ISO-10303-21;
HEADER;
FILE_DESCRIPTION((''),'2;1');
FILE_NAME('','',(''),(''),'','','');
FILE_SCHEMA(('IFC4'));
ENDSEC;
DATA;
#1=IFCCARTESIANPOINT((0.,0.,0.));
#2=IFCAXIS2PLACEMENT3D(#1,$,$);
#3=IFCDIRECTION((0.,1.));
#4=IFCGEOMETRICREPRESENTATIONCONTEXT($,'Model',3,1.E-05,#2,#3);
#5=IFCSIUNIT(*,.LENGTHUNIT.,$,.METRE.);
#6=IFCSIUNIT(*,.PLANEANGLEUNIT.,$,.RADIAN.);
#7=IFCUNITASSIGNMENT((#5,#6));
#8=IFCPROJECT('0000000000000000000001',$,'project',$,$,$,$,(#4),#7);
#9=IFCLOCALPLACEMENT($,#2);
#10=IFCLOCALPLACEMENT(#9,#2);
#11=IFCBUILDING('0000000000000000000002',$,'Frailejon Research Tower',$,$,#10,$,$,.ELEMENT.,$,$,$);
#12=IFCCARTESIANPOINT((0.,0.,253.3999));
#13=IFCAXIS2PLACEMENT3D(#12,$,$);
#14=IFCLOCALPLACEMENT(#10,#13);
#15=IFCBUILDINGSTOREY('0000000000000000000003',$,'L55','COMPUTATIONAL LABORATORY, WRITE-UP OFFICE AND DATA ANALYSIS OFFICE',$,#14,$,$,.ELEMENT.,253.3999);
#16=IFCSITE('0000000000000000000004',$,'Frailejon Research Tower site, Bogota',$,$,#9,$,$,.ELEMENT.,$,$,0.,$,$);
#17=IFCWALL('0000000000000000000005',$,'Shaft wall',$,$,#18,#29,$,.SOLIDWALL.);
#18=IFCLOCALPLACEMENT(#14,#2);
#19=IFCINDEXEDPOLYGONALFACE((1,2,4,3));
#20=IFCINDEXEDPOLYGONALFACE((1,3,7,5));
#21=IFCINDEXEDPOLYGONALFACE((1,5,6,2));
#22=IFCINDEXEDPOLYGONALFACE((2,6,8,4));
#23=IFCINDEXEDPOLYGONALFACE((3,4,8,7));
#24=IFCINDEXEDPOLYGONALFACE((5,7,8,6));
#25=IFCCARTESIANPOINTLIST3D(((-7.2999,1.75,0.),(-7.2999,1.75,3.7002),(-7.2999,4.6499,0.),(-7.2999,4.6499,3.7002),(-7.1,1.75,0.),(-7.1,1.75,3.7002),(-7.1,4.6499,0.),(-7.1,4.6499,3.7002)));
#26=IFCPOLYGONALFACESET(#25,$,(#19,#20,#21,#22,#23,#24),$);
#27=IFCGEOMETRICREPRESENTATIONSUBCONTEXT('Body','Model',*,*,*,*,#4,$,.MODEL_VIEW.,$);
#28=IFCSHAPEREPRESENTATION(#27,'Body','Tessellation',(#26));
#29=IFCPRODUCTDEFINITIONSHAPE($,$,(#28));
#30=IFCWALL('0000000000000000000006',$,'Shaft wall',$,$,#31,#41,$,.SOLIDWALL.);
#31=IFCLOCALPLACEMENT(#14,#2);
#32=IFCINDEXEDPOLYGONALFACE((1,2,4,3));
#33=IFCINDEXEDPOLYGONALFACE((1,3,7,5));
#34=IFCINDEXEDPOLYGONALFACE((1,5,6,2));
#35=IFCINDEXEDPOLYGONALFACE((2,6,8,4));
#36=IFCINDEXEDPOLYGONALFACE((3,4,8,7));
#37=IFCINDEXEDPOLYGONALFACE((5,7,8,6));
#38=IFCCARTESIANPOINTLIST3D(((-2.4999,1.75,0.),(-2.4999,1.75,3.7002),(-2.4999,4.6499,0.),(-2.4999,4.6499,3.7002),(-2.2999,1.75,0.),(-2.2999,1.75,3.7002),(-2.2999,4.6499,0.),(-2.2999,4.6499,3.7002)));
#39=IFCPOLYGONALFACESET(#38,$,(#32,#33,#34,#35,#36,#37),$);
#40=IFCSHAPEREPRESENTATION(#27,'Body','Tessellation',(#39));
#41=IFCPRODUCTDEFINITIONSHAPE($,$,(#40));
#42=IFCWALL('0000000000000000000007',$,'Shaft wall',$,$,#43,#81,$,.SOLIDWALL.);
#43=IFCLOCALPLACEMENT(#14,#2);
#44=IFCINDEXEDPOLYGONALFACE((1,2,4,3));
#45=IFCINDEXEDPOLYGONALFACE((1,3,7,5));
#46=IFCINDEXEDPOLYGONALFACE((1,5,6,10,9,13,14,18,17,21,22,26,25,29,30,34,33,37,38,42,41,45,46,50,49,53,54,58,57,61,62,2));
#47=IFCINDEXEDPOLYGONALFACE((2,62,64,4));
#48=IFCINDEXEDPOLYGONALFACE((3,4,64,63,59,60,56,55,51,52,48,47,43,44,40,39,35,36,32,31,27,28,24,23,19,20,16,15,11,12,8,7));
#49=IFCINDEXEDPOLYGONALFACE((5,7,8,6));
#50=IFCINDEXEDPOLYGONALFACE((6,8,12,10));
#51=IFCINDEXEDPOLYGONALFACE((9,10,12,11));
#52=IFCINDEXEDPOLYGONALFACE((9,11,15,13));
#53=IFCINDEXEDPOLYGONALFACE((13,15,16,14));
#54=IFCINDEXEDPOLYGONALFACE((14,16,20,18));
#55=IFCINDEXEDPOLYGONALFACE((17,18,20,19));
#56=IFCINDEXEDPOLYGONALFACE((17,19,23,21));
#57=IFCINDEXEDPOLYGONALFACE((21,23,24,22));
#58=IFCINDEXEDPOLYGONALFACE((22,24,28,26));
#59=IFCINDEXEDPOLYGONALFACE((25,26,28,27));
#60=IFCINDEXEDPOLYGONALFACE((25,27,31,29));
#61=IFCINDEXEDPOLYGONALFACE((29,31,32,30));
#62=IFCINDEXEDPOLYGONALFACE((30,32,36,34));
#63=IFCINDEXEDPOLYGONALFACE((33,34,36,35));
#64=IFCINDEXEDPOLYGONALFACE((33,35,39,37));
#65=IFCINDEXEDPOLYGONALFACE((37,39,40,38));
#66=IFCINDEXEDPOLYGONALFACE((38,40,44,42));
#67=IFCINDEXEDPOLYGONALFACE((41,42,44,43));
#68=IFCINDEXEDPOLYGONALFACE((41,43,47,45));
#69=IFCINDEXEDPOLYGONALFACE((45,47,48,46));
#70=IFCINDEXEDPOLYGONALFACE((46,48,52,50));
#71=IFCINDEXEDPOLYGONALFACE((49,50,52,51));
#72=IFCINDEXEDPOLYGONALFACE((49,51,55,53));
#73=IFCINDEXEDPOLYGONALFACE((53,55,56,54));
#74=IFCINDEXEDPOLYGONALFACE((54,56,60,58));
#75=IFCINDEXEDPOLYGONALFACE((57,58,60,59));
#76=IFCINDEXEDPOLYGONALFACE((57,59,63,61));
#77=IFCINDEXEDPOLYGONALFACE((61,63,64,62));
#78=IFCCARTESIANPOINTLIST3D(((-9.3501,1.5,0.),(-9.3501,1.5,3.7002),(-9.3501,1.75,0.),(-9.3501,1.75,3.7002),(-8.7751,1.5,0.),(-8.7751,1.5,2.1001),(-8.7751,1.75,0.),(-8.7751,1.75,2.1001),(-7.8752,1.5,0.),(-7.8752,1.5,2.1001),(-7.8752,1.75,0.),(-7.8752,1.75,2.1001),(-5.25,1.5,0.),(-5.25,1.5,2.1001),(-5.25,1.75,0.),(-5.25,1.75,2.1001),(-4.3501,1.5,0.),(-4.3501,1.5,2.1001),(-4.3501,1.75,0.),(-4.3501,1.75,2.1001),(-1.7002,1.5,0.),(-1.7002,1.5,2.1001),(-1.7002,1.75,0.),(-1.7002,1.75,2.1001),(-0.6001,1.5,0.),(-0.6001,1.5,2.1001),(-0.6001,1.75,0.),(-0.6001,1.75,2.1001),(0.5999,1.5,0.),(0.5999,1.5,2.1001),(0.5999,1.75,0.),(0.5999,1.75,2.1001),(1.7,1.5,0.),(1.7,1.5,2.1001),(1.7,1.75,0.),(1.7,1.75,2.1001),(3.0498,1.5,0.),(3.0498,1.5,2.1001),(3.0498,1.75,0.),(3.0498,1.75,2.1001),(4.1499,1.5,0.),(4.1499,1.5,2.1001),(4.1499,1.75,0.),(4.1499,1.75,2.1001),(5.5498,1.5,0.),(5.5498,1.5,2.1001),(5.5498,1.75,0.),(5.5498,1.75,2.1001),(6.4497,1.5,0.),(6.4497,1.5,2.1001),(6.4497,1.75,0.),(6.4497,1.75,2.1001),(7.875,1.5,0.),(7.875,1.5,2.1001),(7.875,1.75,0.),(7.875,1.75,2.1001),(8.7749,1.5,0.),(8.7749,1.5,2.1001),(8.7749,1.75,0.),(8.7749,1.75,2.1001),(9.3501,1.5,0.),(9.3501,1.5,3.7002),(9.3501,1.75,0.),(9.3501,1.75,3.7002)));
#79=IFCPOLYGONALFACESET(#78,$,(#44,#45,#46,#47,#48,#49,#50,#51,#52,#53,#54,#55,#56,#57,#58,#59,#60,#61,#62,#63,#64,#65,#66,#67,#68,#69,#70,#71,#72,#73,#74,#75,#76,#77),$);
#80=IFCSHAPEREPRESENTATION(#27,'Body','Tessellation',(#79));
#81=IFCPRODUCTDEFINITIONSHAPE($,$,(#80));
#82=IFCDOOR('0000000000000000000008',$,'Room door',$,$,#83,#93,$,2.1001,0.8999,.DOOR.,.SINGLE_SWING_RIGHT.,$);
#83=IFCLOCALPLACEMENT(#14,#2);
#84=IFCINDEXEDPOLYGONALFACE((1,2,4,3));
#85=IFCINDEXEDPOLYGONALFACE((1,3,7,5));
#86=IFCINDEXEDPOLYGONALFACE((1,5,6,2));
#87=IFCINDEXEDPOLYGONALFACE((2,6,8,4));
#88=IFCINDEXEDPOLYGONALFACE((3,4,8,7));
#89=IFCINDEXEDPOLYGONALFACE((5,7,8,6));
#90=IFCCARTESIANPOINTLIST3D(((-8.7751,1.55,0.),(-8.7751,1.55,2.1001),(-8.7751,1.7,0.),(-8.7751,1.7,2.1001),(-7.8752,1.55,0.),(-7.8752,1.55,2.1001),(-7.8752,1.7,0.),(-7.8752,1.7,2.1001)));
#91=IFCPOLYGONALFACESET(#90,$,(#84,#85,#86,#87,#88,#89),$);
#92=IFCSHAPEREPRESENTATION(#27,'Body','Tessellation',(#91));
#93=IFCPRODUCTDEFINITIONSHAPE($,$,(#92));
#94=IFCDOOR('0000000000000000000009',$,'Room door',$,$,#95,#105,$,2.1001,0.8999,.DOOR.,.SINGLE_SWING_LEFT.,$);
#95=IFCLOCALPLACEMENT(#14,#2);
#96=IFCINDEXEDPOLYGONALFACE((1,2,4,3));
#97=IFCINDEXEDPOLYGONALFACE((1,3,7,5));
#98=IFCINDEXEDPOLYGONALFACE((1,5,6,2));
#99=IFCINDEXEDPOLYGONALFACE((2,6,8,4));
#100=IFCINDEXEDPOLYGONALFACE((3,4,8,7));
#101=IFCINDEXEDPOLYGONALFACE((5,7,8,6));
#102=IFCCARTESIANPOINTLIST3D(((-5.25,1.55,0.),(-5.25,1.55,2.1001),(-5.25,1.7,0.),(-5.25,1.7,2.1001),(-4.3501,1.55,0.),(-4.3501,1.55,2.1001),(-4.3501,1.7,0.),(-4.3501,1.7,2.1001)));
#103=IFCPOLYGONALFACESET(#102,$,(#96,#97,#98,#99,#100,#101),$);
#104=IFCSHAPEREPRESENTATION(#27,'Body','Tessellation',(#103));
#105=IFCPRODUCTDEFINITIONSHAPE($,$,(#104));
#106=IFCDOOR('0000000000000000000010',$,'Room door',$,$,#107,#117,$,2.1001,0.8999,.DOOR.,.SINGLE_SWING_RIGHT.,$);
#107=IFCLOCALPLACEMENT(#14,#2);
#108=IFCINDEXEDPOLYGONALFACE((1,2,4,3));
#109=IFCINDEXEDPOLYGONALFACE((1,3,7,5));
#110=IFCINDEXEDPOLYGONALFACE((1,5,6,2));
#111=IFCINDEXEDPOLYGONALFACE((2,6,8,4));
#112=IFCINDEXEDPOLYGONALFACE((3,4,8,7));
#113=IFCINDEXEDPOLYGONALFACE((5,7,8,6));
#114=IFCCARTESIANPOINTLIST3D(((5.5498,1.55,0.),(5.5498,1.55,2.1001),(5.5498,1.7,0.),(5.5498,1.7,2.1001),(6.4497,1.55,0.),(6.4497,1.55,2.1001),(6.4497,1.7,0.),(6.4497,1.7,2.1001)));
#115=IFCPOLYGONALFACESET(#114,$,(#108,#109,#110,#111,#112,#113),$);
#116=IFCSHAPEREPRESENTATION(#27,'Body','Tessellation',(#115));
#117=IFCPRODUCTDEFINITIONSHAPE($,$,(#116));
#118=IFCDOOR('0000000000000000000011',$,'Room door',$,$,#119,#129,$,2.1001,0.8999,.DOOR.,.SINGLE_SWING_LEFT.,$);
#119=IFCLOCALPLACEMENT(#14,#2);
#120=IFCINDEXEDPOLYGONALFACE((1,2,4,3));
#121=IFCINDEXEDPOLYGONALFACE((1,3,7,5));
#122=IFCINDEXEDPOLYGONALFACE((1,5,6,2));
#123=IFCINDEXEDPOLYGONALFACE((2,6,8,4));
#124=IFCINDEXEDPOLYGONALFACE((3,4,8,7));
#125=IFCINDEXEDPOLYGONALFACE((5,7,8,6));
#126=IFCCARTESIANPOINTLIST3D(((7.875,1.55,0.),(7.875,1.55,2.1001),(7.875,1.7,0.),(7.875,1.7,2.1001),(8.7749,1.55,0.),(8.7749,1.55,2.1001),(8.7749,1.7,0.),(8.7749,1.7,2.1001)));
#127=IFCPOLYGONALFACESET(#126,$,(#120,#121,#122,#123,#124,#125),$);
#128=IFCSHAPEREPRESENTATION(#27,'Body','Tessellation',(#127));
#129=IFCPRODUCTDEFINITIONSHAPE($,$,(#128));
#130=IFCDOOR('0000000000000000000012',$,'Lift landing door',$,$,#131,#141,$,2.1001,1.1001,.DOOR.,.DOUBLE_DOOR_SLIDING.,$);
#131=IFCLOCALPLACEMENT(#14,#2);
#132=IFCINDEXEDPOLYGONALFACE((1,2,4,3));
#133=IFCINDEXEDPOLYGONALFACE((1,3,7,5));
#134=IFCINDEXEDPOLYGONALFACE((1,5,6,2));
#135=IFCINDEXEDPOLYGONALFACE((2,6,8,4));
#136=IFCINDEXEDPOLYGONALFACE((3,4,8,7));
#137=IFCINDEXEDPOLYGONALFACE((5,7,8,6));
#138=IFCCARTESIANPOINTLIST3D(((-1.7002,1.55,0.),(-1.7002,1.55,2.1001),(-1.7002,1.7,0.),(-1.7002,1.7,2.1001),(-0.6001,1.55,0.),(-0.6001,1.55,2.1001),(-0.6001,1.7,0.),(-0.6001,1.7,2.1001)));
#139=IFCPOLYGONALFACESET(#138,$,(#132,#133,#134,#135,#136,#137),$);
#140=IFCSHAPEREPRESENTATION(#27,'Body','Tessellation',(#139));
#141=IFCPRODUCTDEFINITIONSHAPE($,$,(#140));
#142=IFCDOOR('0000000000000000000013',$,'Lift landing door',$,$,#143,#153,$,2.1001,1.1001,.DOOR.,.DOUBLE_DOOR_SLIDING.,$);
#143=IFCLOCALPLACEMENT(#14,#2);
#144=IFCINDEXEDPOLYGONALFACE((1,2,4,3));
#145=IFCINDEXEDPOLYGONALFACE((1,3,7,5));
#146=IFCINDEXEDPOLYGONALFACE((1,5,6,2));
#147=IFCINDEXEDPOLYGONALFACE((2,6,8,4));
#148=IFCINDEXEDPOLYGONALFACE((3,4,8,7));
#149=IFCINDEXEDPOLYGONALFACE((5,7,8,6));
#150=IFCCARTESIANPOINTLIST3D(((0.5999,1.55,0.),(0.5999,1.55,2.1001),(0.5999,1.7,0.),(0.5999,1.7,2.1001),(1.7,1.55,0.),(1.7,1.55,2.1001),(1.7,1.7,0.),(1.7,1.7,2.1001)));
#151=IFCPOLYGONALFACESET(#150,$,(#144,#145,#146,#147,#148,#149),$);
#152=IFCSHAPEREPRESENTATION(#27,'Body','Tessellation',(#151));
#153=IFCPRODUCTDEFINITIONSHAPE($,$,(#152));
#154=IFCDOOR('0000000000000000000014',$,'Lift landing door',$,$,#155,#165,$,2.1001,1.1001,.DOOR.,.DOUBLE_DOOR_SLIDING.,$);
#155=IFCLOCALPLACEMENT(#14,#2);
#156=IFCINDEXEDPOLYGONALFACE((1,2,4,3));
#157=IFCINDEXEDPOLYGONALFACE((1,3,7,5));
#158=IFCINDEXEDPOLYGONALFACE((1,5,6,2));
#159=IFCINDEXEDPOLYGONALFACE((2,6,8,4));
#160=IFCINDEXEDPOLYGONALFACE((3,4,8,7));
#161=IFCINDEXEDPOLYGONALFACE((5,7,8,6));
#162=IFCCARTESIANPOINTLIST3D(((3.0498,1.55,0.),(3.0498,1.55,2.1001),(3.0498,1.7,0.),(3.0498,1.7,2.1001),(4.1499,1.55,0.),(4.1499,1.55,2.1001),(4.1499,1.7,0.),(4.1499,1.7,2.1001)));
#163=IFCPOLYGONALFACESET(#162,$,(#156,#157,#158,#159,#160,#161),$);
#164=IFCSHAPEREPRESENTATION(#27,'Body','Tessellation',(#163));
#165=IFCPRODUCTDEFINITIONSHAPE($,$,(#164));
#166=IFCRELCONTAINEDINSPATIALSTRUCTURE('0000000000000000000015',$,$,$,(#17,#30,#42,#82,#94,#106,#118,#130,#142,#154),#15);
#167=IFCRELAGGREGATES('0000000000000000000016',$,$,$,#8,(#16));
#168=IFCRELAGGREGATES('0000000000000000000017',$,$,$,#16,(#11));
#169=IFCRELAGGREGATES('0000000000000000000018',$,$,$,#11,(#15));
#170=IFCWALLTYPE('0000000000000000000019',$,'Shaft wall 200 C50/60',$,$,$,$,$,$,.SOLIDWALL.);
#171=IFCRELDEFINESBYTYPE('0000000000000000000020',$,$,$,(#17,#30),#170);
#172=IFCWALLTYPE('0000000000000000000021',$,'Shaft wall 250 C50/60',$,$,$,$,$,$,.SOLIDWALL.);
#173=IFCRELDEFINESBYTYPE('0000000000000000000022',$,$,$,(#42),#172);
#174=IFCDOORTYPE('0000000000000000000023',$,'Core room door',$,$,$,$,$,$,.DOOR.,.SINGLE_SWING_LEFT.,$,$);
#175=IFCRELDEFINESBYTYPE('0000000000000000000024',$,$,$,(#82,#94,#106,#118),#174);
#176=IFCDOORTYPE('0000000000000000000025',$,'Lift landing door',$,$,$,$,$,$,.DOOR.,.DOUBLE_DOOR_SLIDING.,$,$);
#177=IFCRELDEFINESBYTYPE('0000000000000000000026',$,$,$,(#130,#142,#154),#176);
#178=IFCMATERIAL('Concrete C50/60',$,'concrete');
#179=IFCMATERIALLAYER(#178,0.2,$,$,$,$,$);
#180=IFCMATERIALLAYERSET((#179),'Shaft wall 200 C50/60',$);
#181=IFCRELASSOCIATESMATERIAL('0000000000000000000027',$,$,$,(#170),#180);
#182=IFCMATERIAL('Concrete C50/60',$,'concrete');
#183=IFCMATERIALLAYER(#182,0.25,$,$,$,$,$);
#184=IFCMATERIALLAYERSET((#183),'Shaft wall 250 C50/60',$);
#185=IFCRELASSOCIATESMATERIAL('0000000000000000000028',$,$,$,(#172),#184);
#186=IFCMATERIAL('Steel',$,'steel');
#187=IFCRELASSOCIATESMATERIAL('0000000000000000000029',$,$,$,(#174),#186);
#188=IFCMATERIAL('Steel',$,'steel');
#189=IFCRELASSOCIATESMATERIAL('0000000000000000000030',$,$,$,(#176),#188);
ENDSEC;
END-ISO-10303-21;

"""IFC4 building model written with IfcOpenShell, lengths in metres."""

from ifc_helpers import new_model, si_unit, direction, frame, frame_2d, origin, place, context, subcontext, project, spatial, rectangle, extrude, material, layer, layer_set, type_object, element, fill, save


model = new_model("IFC4")

# Units and contexts
model_context = context("Model", 3, precision=1e-05, world=origin(), true_north=direction((0.0, 1.0)))
body_context = subcontext(model_context, "Body", "Model", "MODEL_VIEW")
ifc_project = project(units=[si_unit("LENGTHUNIT", "METRE"), si_unit("PLANEANGLEUNIT", "RADIAN")], contexts=[model_context])

# Site, building, storey
site_placement = place(None, origin())
site = spatial("IfcSite", under=ifc_project, at=site_placement, Name="Frailejon Research Tower site, Bogota", CompositionType="ELEMENT", RefElevation=0.0)
building_placement = place(site_placement, origin())
building = spatial("IfcBuilding", under=site, at=building_placement, Name="Frailejon Research Tower", CompositionType="ELEMENT")
storey_placement = place(building_placement, frame((0.0, 0.0, 253.3999)))
storey = spatial("IfcBuildingStorey", under=building, at=storey_placement, Name="L55", Description="COMPUTATIONAL LABORATORY, WRITE-UP OFFICE AND DATA ANALYSIS OFFICE", CompositionType="ELEMENT", Elevation=253.3999)

# Walls
ifc_material_1 = material(Name="Concrete C50/60", Category="concrete")
ifc_layer_1 = layer(ifc_material_1, 0.2)
ifc_layer_set_1 = layer_set([ifc_layer_1], Name="Shaft wall 200 C50/60")
wall_type_1 = type_object("IfcWallType", Name="Shaft wall 200 C50/60", PredefinedType="SOLIDWALL", material=ifc_layer_set_1)
for number, where, z_axis, x_axis, name in (
    (1, (-7.2, 1.75, 0.0), (0.0, 0.0, 1.0), (0.0, 1.0, 0.0), "Shaft wall"),
    (2, (-2.3999, 1.75, 0.0), (0.0, 0.0, 1.0), (0.0, 1.0, 0.0), "Shaft wall"),
):
    element("IfcWall", number, at=place(storey_placement, frame(where, z_axis=z_axis, x_axis=x_axis)), inside=storey, type_object=wall_type_1, Name=name, PredefinedType="SOLIDWALL", context=body_context, shape_type="SweptSolid", body=[
        extrude(rectangle(XDim=2.8999, YDim=0.2, at=frame_2d((1.45, 0.0))), origin(), (0.0, 0.0, 1.0), 3.7002),
    ])

# Wall, openings, doors
ifc_material_2 = material(Name="Concrete C50/60", Category="concrete")
ifc_layer_2 = layer(ifc_material_2, 0.25)
ifc_layer_set_2 = layer_set([ifc_layer_2], Name="Shaft wall 250 C50/60")
wall_type_2 = type_object("IfcWallType", Name="Shaft wall 250 C50/60", PredefinedType="SOLIDWALL", material=ifc_layer_set_2)
wall_1_placement = place(storey_placement, frame((-9.3501, 1.625, 0.0), z_axis=(0.0, 0.0, 1.0), x_axis=(1.0, 0.0, 0.0)))
wall_1 = element("IfcWall", 3, at=wall_1_placement, inside=storey, type_object=wall_type_2, Name="Shaft wall", PredefinedType="SOLIDWALL", context=body_context, shape_type="SweptSolid", body=[
    extrude(rectangle(XDim=18.7002, YDim=0.25, at=frame_2d((9.3501, 0.0))), origin(), (0.0, 0.0, 1.0), 3.7002),
])
opening_1_placement = place(wall_1_placement, frame((7.6499, 0.0, 0.0)))
opening_1 = element("IfcOpeningElement", 4, at=opening_1_placement, cuts=wall_1, PredefinedType="OPENING", context=body_context, shape_type="SweptSolid", body=[
    extrude(rectangle(XDim=1.1001, YDim=2.1001, at=frame_2d((0.55, 1.05))), frame((0.0, 0.135, 0.0), z_axis=(0.0, -1.0, 0.0), x_axis=(1.0, 0.0, 0.0)), (0.0, 0.0, 1.0), 0.27),
])
opening_2_placement = place(wall_1_placement, frame((9.95, 0.0, 0.0)))
opening_2 = element("IfcOpeningElement", 5, at=opening_2_placement, cuts=wall_1, PredefinedType="OPENING", context=body_context, shape_type="SweptSolid", body=[
    extrude(rectangle(XDim=1.1001, YDim=2.1001, at=frame_2d((0.55, 1.05))), frame((0.0, 0.135, 0.0), z_axis=(0.0, -1.0, 0.0), x_axis=(1.0, 0.0, 0.0)), (0.0, 0.0, 1.0), 0.27),
])
opening_3_placement = place(wall_1_placement, frame((12.3999, 0.0, 0.0)))
opening_3 = element("IfcOpeningElement", 6, at=opening_3_placement, cuts=wall_1, PredefinedType="OPENING", context=body_context, shape_type="SweptSolid", body=[
    extrude(rectangle(XDim=1.1001, YDim=2.1001, at=frame_2d((0.55, 1.05))), frame((0.0, 0.135, 0.0), z_axis=(0.0, -1.0, 0.0), x_axis=(1.0, 0.0, 0.0)), (0.0, 0.0, 1.0), 0.27),
])
opening_4_placement = place(wall_1_placement, frame((0.575, 0.0, 0.0)))
opening_4 = element("IfcOpeningElement", 7, at=opening_4_placement, cuts=wall_1, PredefinedType="OPENING", context=body_context, shape_type="SweptSolid", body=[
    extrude(rectangle(XDim=0.8999, YDim=2.1001, at=frame_2d((0.45, 1.05))), frame((0.0, 0.135, 0.0), z_axis=(0.0, -1.0, 0.0), x_axis=(1.0, 0.0, 0.0)), (0.0, 0.0, 1.0), 0.27),
])
opening_5_placement = place(wall_1_placement, frame((4.1001, 0.0, 0.0)))
opening_5 = element("IfcOpeningElement", 8, at=opening_5_placement, cuts=wall_1, PredefinedType="OPENING", context=body_context, shape_type="SweptSolid", body=[
    extrude(rectangle(XDim=0.8999, YDim=2.1001, at=frame_2d((0.45, 1.05))), frame((0.0, 0.135, 0.0), z_axis=(0.0, -1.0, 0.0), x_axis=(1.0, 0.0, 0.0)), (0.0, 0.0, 1.0), 0.27),
])
opening_6_placement = place(wall_1_placement, frame((14.8999, 0.0, 0.0)))
opening_6 = element("IfcOpeningElement", 9, at=opening_6_placement, cuts=wall_1, PredefinedType="OPENING", context=body_context, shape_type="SweptSolid", body=[
    extrude(rectangle(XDim=0.8999, YDim=2.1001, at=frame_2d((0.45, 1.05))), frame((0.0, 0.135, 0.0), z_axis=(0.0, -1.0, 0.0), x_axis=(1.0, 0.0, 0.0)), (0.0, 0.0, 1.0), 0.27),
])
opening_7_placement = place(wall_1_placement, frame((17.2251, 0.0, 0.0)))
opening_7 = element("IfcOpeningElement", 10, at=opening_7_placement, cuts=wall_1, PredefinedType="OPENING", context=body_context, shape_type="SweptSolid", body=[
    extrude(rectangle(XDim=0.8999, YDim=2.1001, at=frame_2d((0.45, 1.05))), frame((0.0, 0.135, 0.0), z_axis=(0.0, -1.0, 0.0), x_axis=(1.0, 0.0, 0.0)), (0.0, 0.0, 1.0), 0.27),
])
ifc_material_3 = material(Name="Steel", Category="steel")
door_type_1 = type_object("IfcDoorType", Name="Core room door", OperationType="SINGLE_SWING_LEFT", PredefinedType="DOOR", material=ifc_material_3)
door_1_placement = place(opening_4_placement, origin())
door_1 = element("IfcDoor", 11, at=door_1_placement, inside=storey, type_object=door_type_1, Name="Room door", OperationType="SINGLE_SWING_RIGHT", OverallHeight=2.1001, OverallWidth=0.8999, PredefinedType="DOOR", context=body_context, shape_type="SweptSolid", body=[
    extrude(rectangle(XDim=0.8999, YDim=2.1001, at=frame_2d((0.45, 1.05))), frame((0.0, 0.075, 0.0), z_axis=(0.0, -1.0, 0.0), x_axis=(1.0, 0.0, 0.0)), (0.0, 0.0, 1.0), 0.1499),
])
fill(opening_4, door_1)
door_2_placement = place(opening_5_placement, origin())
door_2 = element("IfcDoor", 12, at=door_2_placement, inside=storey, type_object=door_type_1, Name="Room door", OperationType="SINGLE_SWING_LEFT", OverallHeight=2.1001, OverallWidth=0.8999, PredefinedType="DOOR", context=body_context, shape_type="SweptSolid", body=[
    extrude(rectangle(XDim=0.8999, YDim=2.1001, at=frame_2d((0.45, 1.05))), frame((0.0, 0.075, 0.0), z_axis=(0.0, -1.0, 0.0), x_axis=(1.0, 0.0, 0.0)), (0.0, 0.0, 1.0), 0.1499),
])
fill(opening_5, door_2)
door_3_placement = place(opening_6_placement, origin())
door_3 = element("IfcDoor", 13, at=door_3_placement, inside=storey, type_object=door_type_1, Name="Room door", OperationType="SINGLE_SWING_RIGHT", OverallHeight=2.1001, OverallWidth=0.8999, PredefinedType="DOOR", context=body_context, shape_type="SweptSolid", body=[
    extrude(rectangle(XDim=0.8999, YDim=2.1001, at=frame_2d((0.45, 1.05))), frame((0.0, 0.075, 0.0), z_axis=(0.0, -1.0, 0.0), x_axis=(1.0, 0.0, 0.0)), (0.0, 0.0, 1.0), 0.1499),
])
fill(opening_6, door_3)
door_4_placement = place(opening_7_placement, origin())
door_4 = element("IfcDoor", 14, at=door_4_placement, inside=storey, type_object=door_type_1, Name="Room door", OperationType="SINGLE_SWING_LEFT", OverallHeight=2.1001, OverallWidth=0.8999, PredefinedType="DOOR", context=body_context, shape_type="SweptSolid", body=[
    extrude(rectangle(XDim=0.8999, YDim=2.1001, at=frame_2d((0.45, 1.05))), frame((0.0, 0.075, 0.0), z_axis=(0.0, -1.0, 0.0), x_axis=(1.0, 0.0, 0.0)), (0.0, 0.0, 1.0), 0.1499),
])
fill(opening_7, door_4)
ifc_material_4 = material(Name="Steel", Category="steel")
door_type_2 = type_object("IfcDoorType", Name="Lift landing door", OperationType="DOUBLE_DOOR_SLIDING", PredefinedType="DOOR", material=ifc_material_4)
door_5_placement = place(opening_1_placement, origin())
door_5 = element("IfcDoor", 15, at=door_5_placement, inside=storey, type_object=door_type_2, Name="Lift landing door", OperationType="DOUBLE_DOOR_SLIDING", OverallHeight=2.1001, OverallWidth=1.1001, PredefinedType="DOOR", context=body_context, shape_type="SweptSolid", body=[
    extrude(rectangle(XDim=1.1001, YDim=2.1001, at=frame_2d((0.55, 1.05))), frame((0.0, 0.075, 0.0), z_axis=(0.0, -1.0, 0.0), x_axis=(1.0, 0.0, 0.0)), (0.0, 0.0, 1.0), 0.1499),
])
fill(opening_1, door_5)
door_6_placement = place(opening_2_placement, origin())
door_6 = element("IfcDoor", 16, at=door_6_placement, inside=storey, type_object=door_type_2, Name="Lift landing door", OperationType="DOUBLE_DOOR_SLIDING", OverallHeight=2.1001, OverallWidth=1.1001, PredefinedType="DOOR", context=body_context, shape_type="SweptSolid", body=[
    extrude(rectangle(XDim=1.1001, YDim=2.1001, at=frame_2d((0.55, 1.05))), frame((0.0, 0.075, 0.0), z_axis=(0.0, -1.0, 0.0), x_axis=(1.0, 0.0, 0.0)), (0.0, 0.0, 1.0), 0.1499),
])
fill(opening_2, door_6)
door_7_placement = place(opening_3_placement, origin())
door_7 = element("IfcDoor", 17, at=door_7_placement, inside=storey, type_object=door_type_2, Name="Lift landing door", OperationType="DOUBLE_DOOR_SLIDING", OverallHeight=2.1001, OverallWidth=1.1001, PredefinedType="DOOR", context=body_context, shape_type="SweptSolid", body=[
    extrude(rectangle(XDim=1.1001, YDim=2.1001, at=frame_2d((0.55, 1.05))), frame((0.0, 0.075, 0.0), z_axis=(0.0, -1.0, 0.0), x_axis=(1.0, 0.0, 0.0)), (0.0, 0.0, 1.0), 0.1499),
])
fill(opening_3, door_7)

save(model, "model.ifc")
